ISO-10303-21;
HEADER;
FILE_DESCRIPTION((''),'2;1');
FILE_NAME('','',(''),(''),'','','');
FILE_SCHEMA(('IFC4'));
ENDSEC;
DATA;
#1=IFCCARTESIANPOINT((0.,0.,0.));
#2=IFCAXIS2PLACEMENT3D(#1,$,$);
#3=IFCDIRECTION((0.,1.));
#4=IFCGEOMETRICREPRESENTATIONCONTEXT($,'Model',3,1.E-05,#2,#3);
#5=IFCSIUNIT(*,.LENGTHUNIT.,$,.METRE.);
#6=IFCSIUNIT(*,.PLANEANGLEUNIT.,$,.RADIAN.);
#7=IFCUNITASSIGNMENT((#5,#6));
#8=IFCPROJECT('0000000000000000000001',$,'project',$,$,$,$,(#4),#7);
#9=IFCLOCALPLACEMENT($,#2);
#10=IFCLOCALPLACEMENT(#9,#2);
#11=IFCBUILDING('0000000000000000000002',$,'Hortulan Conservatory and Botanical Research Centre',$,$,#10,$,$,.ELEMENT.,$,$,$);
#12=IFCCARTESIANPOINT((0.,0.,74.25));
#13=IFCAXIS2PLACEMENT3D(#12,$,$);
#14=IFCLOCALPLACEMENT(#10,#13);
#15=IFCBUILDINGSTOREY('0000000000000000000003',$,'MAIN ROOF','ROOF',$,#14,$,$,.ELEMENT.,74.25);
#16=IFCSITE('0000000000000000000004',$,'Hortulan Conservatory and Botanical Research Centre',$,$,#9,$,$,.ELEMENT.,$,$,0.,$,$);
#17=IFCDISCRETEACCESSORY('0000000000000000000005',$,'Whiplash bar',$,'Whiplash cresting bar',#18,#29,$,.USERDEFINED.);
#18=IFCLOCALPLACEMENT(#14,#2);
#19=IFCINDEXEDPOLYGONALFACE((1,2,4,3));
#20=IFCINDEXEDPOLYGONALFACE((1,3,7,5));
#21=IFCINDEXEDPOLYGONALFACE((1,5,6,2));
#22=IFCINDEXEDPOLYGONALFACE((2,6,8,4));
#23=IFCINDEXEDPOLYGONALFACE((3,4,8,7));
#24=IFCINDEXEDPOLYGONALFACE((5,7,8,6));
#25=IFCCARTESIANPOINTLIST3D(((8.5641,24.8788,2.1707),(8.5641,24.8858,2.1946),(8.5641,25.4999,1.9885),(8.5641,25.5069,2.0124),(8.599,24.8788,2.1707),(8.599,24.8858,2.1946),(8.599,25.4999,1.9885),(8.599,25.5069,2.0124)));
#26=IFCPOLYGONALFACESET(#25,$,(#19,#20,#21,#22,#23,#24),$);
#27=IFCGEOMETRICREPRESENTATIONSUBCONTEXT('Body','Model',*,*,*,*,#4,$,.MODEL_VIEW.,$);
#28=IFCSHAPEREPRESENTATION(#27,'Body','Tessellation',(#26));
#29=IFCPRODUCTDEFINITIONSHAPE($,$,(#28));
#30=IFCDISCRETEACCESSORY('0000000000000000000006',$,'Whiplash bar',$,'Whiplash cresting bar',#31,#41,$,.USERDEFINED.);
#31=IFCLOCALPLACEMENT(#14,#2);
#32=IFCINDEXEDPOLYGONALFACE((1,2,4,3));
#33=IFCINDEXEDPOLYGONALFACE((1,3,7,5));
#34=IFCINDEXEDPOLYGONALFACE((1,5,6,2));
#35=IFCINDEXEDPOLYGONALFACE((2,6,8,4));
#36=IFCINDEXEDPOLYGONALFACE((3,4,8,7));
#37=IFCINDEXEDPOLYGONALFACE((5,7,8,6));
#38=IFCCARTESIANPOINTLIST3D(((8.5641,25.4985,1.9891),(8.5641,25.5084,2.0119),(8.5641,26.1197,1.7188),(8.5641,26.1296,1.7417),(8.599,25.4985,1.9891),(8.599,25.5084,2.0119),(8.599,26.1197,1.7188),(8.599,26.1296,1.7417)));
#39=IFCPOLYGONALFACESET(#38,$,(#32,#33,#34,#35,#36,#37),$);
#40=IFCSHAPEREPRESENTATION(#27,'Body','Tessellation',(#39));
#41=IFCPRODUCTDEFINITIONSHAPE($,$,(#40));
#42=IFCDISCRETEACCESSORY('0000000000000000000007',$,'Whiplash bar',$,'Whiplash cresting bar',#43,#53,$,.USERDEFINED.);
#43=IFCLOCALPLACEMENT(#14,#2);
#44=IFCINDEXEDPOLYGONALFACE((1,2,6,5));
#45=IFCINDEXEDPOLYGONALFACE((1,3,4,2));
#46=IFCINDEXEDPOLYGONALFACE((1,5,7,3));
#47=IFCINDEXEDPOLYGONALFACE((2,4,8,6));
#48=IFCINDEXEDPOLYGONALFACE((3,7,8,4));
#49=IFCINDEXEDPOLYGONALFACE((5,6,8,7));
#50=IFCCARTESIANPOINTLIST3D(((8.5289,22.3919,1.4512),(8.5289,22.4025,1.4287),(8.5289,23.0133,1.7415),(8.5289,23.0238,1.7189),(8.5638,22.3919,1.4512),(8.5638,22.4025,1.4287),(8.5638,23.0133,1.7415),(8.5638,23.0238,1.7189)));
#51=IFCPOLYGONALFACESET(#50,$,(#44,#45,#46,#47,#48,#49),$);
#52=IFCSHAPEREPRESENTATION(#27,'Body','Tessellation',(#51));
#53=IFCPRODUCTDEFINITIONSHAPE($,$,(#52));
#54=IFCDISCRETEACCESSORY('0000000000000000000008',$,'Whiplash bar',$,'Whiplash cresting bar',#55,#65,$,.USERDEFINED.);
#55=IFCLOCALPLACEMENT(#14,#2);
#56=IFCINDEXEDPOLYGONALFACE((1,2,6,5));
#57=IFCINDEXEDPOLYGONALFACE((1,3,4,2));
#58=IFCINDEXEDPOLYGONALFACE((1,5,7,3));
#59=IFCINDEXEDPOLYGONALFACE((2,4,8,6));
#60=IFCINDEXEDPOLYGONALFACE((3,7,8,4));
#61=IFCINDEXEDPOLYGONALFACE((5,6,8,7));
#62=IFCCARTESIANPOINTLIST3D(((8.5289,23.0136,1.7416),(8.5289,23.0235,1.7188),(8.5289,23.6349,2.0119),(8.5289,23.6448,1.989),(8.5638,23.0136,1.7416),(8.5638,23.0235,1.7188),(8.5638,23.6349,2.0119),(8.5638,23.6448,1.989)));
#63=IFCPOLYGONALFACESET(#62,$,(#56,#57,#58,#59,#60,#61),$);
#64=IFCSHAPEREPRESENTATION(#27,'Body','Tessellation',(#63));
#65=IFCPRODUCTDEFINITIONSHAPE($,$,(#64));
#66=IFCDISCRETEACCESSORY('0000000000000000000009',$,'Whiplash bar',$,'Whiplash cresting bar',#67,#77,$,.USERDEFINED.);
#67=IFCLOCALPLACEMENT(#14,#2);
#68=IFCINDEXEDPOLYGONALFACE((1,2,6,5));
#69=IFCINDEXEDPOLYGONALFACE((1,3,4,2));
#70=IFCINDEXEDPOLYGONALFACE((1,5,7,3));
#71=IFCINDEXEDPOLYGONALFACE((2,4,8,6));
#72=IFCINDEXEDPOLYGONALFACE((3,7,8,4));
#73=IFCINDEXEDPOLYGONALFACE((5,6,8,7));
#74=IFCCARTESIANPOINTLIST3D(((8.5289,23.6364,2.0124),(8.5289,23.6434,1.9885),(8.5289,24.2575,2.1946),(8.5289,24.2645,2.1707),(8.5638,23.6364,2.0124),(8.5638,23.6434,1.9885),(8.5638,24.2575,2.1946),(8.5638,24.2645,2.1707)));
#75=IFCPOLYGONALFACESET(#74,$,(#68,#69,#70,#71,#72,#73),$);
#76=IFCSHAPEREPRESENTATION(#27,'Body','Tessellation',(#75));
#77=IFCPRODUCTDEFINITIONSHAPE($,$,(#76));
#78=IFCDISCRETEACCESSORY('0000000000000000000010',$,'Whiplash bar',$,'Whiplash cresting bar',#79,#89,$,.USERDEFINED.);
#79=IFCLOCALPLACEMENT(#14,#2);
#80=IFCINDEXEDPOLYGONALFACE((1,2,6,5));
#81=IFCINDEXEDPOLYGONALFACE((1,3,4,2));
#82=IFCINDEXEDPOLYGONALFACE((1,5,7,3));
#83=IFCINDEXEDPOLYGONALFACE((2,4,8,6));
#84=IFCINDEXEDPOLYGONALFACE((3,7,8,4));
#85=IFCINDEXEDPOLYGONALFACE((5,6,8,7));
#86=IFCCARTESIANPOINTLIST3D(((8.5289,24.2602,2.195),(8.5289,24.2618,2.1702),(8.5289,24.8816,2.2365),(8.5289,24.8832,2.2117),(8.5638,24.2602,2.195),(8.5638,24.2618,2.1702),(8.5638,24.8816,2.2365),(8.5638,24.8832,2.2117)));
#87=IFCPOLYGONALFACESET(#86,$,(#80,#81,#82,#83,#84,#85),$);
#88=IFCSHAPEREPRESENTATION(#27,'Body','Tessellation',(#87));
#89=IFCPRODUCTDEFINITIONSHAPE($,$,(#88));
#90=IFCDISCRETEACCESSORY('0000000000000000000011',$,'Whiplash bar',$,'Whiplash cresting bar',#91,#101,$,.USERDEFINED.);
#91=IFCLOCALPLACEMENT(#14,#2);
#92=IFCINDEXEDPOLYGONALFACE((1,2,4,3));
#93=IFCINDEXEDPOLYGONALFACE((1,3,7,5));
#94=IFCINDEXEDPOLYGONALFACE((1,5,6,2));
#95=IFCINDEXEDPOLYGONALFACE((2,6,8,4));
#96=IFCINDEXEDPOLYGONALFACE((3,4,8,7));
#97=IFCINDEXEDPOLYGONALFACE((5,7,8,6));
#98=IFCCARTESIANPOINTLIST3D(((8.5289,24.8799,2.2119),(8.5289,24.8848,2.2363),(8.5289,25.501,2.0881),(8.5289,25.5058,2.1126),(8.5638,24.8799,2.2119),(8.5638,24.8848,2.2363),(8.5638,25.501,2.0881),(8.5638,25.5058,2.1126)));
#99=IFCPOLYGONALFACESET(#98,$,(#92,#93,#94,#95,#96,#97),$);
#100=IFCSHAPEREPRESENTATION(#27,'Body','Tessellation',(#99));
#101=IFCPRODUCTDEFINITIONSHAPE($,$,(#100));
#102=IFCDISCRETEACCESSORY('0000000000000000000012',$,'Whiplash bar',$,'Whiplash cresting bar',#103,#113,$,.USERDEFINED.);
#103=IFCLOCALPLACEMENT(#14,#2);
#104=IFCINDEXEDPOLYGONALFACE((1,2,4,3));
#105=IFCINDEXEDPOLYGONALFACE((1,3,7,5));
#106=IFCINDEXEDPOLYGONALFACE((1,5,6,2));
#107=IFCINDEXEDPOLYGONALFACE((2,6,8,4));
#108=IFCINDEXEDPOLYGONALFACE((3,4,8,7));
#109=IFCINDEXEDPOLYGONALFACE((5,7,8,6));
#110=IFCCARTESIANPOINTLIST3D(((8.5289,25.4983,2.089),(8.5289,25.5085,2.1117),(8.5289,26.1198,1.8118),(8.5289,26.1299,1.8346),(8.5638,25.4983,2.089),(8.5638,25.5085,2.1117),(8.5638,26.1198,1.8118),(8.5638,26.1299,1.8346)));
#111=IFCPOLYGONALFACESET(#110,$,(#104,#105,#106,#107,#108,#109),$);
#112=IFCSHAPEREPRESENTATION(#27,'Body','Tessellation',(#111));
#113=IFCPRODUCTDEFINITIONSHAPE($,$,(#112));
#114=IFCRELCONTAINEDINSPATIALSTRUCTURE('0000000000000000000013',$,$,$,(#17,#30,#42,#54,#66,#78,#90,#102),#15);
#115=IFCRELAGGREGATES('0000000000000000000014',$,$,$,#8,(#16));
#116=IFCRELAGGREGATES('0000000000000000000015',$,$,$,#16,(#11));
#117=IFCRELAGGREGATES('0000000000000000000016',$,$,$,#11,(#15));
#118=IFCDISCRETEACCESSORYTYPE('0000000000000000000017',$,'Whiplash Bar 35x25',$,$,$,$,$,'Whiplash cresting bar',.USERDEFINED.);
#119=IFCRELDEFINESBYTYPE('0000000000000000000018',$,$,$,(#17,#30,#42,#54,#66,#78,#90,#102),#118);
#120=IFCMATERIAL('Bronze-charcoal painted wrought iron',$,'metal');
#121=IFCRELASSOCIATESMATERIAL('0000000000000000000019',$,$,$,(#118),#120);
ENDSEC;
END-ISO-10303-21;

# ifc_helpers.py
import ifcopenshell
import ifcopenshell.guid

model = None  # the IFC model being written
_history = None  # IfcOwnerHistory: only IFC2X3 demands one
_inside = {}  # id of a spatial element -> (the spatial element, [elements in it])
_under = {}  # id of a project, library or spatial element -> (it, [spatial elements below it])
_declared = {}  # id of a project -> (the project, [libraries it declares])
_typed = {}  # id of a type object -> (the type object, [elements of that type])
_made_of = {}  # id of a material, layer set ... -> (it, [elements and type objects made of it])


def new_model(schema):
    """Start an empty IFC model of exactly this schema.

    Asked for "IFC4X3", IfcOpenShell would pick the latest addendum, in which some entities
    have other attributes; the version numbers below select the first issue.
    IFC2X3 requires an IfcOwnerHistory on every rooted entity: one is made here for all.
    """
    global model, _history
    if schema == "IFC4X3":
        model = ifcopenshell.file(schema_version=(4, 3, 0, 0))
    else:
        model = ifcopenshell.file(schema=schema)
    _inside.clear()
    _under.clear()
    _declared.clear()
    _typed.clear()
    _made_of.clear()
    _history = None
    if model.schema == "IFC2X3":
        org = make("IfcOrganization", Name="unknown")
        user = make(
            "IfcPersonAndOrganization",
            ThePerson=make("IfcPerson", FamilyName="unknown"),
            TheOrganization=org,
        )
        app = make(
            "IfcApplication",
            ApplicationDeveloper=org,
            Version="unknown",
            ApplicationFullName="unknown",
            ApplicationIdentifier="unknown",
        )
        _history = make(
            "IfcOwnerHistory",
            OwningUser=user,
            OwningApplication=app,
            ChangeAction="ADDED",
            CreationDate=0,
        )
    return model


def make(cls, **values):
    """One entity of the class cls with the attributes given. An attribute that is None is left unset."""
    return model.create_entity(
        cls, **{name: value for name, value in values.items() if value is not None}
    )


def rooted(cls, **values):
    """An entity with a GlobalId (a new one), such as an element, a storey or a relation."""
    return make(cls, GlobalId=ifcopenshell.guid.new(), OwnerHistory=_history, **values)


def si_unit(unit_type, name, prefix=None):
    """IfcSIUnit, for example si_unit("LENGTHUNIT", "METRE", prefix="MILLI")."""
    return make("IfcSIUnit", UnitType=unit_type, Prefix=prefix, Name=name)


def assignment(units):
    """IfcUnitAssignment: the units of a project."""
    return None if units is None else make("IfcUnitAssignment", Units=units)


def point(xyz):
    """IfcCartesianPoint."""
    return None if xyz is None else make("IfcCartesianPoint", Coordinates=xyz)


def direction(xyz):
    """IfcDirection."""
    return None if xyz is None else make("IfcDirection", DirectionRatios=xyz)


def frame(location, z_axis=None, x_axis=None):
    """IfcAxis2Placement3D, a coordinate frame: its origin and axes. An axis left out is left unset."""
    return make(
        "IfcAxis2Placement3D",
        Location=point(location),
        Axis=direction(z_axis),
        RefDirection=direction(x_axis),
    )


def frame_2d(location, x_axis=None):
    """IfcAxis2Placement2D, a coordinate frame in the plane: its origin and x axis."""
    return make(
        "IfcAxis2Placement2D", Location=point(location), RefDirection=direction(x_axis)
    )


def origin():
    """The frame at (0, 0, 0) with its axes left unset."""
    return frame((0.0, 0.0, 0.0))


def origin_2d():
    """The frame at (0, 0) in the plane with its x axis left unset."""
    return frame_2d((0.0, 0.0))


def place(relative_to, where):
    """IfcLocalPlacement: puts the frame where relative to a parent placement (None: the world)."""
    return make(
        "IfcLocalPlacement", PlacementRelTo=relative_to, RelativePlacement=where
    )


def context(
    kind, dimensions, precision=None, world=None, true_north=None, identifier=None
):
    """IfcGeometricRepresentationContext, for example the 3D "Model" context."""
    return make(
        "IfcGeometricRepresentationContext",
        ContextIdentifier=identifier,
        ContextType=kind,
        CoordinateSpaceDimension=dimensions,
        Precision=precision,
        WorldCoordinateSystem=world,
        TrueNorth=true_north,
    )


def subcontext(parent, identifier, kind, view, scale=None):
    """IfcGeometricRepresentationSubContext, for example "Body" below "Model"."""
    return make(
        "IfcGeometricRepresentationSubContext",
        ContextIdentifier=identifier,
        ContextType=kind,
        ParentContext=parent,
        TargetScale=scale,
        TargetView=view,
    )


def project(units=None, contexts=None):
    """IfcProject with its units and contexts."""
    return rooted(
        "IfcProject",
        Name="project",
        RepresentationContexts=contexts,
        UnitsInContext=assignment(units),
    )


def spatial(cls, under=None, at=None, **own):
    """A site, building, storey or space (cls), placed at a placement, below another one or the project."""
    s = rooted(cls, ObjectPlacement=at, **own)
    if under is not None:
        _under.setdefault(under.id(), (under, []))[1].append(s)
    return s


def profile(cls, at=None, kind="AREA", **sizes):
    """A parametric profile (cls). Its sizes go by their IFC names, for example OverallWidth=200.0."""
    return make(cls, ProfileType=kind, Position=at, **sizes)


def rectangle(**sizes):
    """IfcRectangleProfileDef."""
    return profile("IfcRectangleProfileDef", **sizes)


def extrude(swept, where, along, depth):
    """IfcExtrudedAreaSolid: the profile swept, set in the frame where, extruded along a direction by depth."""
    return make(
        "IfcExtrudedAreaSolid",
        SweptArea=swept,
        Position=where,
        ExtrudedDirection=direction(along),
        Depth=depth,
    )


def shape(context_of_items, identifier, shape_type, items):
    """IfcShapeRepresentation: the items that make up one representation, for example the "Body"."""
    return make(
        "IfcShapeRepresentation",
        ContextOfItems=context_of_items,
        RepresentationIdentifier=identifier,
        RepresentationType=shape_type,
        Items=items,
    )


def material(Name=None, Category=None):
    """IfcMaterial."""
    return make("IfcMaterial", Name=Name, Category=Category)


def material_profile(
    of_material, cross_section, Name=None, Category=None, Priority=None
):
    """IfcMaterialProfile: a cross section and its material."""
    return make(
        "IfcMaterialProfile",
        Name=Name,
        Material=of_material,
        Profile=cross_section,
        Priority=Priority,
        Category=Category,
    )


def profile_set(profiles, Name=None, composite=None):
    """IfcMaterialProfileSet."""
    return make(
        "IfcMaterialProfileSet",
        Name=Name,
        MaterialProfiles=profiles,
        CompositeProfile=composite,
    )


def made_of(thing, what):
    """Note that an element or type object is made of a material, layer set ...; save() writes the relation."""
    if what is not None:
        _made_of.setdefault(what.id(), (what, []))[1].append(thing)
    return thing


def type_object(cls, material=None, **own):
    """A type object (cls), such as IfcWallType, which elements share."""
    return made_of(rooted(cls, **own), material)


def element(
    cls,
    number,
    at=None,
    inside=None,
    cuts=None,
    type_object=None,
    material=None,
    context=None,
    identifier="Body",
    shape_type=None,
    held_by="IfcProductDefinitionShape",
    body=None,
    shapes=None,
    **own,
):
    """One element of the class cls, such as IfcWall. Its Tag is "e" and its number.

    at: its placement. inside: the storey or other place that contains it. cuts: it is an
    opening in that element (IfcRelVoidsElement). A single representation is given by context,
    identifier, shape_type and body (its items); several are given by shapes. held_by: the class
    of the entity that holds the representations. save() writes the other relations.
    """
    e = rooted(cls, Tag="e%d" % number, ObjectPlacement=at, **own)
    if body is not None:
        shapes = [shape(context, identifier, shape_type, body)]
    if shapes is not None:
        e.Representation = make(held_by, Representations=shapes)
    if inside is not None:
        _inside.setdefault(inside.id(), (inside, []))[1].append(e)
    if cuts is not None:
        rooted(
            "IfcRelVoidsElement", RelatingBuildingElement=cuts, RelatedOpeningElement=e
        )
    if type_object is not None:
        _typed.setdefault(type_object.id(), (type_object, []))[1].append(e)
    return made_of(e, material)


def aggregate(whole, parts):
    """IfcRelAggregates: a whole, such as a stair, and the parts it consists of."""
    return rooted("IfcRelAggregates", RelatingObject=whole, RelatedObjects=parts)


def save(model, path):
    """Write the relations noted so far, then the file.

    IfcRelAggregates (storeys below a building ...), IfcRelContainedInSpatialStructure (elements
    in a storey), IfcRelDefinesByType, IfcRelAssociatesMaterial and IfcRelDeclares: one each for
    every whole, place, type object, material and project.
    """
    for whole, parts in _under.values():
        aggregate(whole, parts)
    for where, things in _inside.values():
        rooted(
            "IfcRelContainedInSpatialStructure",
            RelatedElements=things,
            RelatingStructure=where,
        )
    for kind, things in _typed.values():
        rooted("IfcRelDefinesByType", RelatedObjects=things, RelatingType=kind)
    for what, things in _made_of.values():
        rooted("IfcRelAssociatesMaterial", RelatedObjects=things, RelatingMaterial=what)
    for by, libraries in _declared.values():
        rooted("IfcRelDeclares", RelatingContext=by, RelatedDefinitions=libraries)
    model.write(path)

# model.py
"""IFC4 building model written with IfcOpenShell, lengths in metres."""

from ifc_helpers import new_model, si_unit, direction, frame, origin, origin_2d, place, context, subcontext, project, spatial, rectangle, extrude, material, material_profile, profile_set, type_object, element, save


model = new_model("IFC4")

# Units and contexts
model_context = context("Model", 3, precision=1e-05, world=origin(), true_north=direction((0.0, 1.0)))
body_context = subcontext(model_context, "Body", "Model", "MODEL_VIEW")
ifc_project = project(units=[si_unit("LENGTHUNIT", "METRE"), si_unit("PLANEANGLEUNIT", "RADIAN")], contexts=[model_context])

# Site, building, storey
site_placement = place(None, origin())
site = spatial("IfcSite", under=ifc_project, at=site_placement, Name="Hortulan Conservatory and Botanical Research Centre", CompositionType="ELEMENT", RefElevation=0.0)
building_placement = place(site_placement, origin())
building = spatial("IfcBuilding", under=site, at=building_placement, Name="Hortulan Conservatory and Botanical Research Centre", CompositionType="ELEMENT")
storey_placement = place(building_placement, frame((0.0, 0.0, 74.25)))
storey = spatial("IfcBuildingStorey", under=building, at=storey_placement, Name="MAIN ROOF", Description="ROOF", CompositionType="ELEMENT", Elevation=74.25)

# Discrete accessories
ifc_material = material(Name="Bronze-charcoal painted wrought iron", Category="metal")
ifc_material_profile_1 = material_profile(ifc_material, rectangle(XDim=0.0349, YDim=0.0249, at=origin_2d()), Name="Flat bar 35x25")
ifc_profile_set_1 = profile_set([ifc_material_profile_1], Name="Bronze-charcoal painted wrought iron")
discrete_accessory_type_1 = type_object("IfcDiscreteAccessoryType", Name="Whiplash Bar 35x25", ElementType="Whiplash cresting bar", PredefinedType="USERDEFINED", material=ifc_profile_set_1)
discrete_accessory_1_placement = place(storey_placement, frame((8.5815, 24.8823, 2.1826), z_axis=(0.0, 0.959593, -0.28139), x_axis=(-1.0, 0.0, 0.0)))
element("IfcDiscreteAccessory", 1, at=discrete_accessory_1_placement, inside=storey, type_object=discrete_accessory_type_1, Name="Whiplash bar", ObjectType="Whiplash cresting bar", PredefinedType="USERDEFINED", context=body_context, shape_type="SweptSolid", body=[
    extrude(rectangle(XDim=0.0349, YDim=0.0249, at=origin_2d()), origin(), (0.0, 0.0, 1.0), 0.6472),
])
discrete_accessory_2_placement = place(storey_placement, frame((8.5815, 25.5034, 2.0005), z_axis=(0.0, 0.917007, -0.398871), x_axis=(-1.0, 0.0, 0.0)))
element("IfcDiscreteAccessory", 2, at=discrete_accessory_2_placement, inside=storey, type_object=discrete_accessory_type_1, Name="Whiplash bar", ObjectType="Whiplash cresting bar", PredefinedType="USERDEFINED", context=body_context, shape_type="SweptSolid", body=[
    extrude(rectangle(XDim=0.0349, YDim=0.0249, at=origin_2d()), origin(), (0.0, 0.0, 1.0), 0.6775),
])
discrete_accessory_3_placement = place(storey_placement, frame((8.5464, 22.3972, 1.4399), z_axis=(0.0, 0.906001, 0.423275), x_axis=(-1.0, 0.0, 0.0)))
element("IfcDiscreteAccessory", 3, at=discrete_accessory_3_placement, inside=storey, type_object=discrete_accessory_type_1, Name="Whiplash bar", ObjectType="Whiplash cresting bar", PredefinedType="USERDEFINED", context=body_context, shape_type="SweptSolid", body=[
    extrude(rectangle(XDim=0.0349, YDim=0.0249, at=origin_2d()), origin(), (0.0, 0.0, 1.0), 0.6858),
])
discrete_accessory_4_placement = place(storey_placement, frame((8.5464, 23.0186, 1.7302), z_axis=(0.0, 0.917007, 0.398871), x_axis=(-1.0, 0.0, 0.0)))
element("IfcDiscreteAccessory", 4, at=discrete_accessory_4_placement, inside=storey, type_object=discrete_accessory_type_1, Name="Whiplash bar", ObjectType="Whiplash cresting bar", PredefinedType="USERDEFINED", context=body_context, shape_type="SweptSolid", body=[
    extrude(rectangle(XDim=0.0349, YDim=0.0249, at=origin_2d()), origin(), (0.0, 0.0, 1.0), 0.6775),
])
discrete_accessory_5_placement = place(storey_placement, frame((8.5464, 23.6399, 2.0005), z_axis=(0.0, 0.959593, 0.28139), x_axis=(-1.0, 0.0, 0.0)))
element("IfcDiscreteAccessory", 5, at=discrete_accessory_5_placement, inside=storey, type_object=discrete_accessory_type_1, Name="Whiplash bar", ObjectType="Whiplash cresting bar", PredefinedType="USERDEFINED", context=body_context, shape_type="SweptSolid", body=[
    extrude(rectangle(XDim=0.0349, YDim=0.0249, at=origin_2d()), origin(), (0.0, 0.0, 1.0), 0.6472),
])
discrete_accessory_6_placement = place(storey_placement, frame((8.5464, 24.261, 2.1826), z_axis=(0.0, 0.997776, 0.066649), x_axis=(-1.0, 0.0, 0.0)))
element("IfcDiscreteAccessory", 6, at=discrete_accessory_6_placement, inside=storey, type_object=discrete_accessory_type_1, Name="Whiplash bar", ObjectType="Whiplash cresting bar", PredefinedType="USERDEFINED", context=body_context, shape_type="SweptSolid", body=[
    extrude(rectangle(XDim=0.0349, YDim=0.0249, at=origin_2d()), origin(), (0.0, 0.0, 1.0), 0.6228),
])
discrete_accessory_7_placement = place(storey_placement, frame((8.5464, 24.8823, 2.2241), z_axis=(0.0, 0.980714, -0.195449), x_axis=(-1.0, 0.0, 0.0)))
element("IfcDiscreteAccessory", 7, at=discrete_accessory_7_placement, inside=storey, type_object=discrete_accessory_type_1, Name="Whiplash bar", ObjectType="Whiplash cresting bar", PredefinedType="USERDEFINED", context=body_context, shape_type="SweptSolid", body=[
    extrude(rectangle(XDim=0.0349, YDim=0.0249, at=origin_2d()), origin(), (0.0, 0.0, 1.0), 0.6333),
])
discrete_accessory_8_placement = place(storey_placement, frame((8.5464, 25.5034, 2.1003), z_axis=(0.0, 0.913293, -0.407303), x_axis=(-1.0, 0.0, 0.0)))
element("IfcDiscreteAccessory", 8, at=discrete_accessory_8_placement, inside=storey, type_object=discrete_accessory_type_1, Name="Whiplash bar", ObjectType="Whiplash cresting bar", PredefinedType="USERDEFINED", context=body_context, shape_type="SweptSolid", body=[
    extrude(rectangle(XDim=0.0349, YDim=0.0249, at=origin_2d()), origin(), (0.0, 0.0, 1.0), 0.6804),
])

save(model, "model.ifc")
